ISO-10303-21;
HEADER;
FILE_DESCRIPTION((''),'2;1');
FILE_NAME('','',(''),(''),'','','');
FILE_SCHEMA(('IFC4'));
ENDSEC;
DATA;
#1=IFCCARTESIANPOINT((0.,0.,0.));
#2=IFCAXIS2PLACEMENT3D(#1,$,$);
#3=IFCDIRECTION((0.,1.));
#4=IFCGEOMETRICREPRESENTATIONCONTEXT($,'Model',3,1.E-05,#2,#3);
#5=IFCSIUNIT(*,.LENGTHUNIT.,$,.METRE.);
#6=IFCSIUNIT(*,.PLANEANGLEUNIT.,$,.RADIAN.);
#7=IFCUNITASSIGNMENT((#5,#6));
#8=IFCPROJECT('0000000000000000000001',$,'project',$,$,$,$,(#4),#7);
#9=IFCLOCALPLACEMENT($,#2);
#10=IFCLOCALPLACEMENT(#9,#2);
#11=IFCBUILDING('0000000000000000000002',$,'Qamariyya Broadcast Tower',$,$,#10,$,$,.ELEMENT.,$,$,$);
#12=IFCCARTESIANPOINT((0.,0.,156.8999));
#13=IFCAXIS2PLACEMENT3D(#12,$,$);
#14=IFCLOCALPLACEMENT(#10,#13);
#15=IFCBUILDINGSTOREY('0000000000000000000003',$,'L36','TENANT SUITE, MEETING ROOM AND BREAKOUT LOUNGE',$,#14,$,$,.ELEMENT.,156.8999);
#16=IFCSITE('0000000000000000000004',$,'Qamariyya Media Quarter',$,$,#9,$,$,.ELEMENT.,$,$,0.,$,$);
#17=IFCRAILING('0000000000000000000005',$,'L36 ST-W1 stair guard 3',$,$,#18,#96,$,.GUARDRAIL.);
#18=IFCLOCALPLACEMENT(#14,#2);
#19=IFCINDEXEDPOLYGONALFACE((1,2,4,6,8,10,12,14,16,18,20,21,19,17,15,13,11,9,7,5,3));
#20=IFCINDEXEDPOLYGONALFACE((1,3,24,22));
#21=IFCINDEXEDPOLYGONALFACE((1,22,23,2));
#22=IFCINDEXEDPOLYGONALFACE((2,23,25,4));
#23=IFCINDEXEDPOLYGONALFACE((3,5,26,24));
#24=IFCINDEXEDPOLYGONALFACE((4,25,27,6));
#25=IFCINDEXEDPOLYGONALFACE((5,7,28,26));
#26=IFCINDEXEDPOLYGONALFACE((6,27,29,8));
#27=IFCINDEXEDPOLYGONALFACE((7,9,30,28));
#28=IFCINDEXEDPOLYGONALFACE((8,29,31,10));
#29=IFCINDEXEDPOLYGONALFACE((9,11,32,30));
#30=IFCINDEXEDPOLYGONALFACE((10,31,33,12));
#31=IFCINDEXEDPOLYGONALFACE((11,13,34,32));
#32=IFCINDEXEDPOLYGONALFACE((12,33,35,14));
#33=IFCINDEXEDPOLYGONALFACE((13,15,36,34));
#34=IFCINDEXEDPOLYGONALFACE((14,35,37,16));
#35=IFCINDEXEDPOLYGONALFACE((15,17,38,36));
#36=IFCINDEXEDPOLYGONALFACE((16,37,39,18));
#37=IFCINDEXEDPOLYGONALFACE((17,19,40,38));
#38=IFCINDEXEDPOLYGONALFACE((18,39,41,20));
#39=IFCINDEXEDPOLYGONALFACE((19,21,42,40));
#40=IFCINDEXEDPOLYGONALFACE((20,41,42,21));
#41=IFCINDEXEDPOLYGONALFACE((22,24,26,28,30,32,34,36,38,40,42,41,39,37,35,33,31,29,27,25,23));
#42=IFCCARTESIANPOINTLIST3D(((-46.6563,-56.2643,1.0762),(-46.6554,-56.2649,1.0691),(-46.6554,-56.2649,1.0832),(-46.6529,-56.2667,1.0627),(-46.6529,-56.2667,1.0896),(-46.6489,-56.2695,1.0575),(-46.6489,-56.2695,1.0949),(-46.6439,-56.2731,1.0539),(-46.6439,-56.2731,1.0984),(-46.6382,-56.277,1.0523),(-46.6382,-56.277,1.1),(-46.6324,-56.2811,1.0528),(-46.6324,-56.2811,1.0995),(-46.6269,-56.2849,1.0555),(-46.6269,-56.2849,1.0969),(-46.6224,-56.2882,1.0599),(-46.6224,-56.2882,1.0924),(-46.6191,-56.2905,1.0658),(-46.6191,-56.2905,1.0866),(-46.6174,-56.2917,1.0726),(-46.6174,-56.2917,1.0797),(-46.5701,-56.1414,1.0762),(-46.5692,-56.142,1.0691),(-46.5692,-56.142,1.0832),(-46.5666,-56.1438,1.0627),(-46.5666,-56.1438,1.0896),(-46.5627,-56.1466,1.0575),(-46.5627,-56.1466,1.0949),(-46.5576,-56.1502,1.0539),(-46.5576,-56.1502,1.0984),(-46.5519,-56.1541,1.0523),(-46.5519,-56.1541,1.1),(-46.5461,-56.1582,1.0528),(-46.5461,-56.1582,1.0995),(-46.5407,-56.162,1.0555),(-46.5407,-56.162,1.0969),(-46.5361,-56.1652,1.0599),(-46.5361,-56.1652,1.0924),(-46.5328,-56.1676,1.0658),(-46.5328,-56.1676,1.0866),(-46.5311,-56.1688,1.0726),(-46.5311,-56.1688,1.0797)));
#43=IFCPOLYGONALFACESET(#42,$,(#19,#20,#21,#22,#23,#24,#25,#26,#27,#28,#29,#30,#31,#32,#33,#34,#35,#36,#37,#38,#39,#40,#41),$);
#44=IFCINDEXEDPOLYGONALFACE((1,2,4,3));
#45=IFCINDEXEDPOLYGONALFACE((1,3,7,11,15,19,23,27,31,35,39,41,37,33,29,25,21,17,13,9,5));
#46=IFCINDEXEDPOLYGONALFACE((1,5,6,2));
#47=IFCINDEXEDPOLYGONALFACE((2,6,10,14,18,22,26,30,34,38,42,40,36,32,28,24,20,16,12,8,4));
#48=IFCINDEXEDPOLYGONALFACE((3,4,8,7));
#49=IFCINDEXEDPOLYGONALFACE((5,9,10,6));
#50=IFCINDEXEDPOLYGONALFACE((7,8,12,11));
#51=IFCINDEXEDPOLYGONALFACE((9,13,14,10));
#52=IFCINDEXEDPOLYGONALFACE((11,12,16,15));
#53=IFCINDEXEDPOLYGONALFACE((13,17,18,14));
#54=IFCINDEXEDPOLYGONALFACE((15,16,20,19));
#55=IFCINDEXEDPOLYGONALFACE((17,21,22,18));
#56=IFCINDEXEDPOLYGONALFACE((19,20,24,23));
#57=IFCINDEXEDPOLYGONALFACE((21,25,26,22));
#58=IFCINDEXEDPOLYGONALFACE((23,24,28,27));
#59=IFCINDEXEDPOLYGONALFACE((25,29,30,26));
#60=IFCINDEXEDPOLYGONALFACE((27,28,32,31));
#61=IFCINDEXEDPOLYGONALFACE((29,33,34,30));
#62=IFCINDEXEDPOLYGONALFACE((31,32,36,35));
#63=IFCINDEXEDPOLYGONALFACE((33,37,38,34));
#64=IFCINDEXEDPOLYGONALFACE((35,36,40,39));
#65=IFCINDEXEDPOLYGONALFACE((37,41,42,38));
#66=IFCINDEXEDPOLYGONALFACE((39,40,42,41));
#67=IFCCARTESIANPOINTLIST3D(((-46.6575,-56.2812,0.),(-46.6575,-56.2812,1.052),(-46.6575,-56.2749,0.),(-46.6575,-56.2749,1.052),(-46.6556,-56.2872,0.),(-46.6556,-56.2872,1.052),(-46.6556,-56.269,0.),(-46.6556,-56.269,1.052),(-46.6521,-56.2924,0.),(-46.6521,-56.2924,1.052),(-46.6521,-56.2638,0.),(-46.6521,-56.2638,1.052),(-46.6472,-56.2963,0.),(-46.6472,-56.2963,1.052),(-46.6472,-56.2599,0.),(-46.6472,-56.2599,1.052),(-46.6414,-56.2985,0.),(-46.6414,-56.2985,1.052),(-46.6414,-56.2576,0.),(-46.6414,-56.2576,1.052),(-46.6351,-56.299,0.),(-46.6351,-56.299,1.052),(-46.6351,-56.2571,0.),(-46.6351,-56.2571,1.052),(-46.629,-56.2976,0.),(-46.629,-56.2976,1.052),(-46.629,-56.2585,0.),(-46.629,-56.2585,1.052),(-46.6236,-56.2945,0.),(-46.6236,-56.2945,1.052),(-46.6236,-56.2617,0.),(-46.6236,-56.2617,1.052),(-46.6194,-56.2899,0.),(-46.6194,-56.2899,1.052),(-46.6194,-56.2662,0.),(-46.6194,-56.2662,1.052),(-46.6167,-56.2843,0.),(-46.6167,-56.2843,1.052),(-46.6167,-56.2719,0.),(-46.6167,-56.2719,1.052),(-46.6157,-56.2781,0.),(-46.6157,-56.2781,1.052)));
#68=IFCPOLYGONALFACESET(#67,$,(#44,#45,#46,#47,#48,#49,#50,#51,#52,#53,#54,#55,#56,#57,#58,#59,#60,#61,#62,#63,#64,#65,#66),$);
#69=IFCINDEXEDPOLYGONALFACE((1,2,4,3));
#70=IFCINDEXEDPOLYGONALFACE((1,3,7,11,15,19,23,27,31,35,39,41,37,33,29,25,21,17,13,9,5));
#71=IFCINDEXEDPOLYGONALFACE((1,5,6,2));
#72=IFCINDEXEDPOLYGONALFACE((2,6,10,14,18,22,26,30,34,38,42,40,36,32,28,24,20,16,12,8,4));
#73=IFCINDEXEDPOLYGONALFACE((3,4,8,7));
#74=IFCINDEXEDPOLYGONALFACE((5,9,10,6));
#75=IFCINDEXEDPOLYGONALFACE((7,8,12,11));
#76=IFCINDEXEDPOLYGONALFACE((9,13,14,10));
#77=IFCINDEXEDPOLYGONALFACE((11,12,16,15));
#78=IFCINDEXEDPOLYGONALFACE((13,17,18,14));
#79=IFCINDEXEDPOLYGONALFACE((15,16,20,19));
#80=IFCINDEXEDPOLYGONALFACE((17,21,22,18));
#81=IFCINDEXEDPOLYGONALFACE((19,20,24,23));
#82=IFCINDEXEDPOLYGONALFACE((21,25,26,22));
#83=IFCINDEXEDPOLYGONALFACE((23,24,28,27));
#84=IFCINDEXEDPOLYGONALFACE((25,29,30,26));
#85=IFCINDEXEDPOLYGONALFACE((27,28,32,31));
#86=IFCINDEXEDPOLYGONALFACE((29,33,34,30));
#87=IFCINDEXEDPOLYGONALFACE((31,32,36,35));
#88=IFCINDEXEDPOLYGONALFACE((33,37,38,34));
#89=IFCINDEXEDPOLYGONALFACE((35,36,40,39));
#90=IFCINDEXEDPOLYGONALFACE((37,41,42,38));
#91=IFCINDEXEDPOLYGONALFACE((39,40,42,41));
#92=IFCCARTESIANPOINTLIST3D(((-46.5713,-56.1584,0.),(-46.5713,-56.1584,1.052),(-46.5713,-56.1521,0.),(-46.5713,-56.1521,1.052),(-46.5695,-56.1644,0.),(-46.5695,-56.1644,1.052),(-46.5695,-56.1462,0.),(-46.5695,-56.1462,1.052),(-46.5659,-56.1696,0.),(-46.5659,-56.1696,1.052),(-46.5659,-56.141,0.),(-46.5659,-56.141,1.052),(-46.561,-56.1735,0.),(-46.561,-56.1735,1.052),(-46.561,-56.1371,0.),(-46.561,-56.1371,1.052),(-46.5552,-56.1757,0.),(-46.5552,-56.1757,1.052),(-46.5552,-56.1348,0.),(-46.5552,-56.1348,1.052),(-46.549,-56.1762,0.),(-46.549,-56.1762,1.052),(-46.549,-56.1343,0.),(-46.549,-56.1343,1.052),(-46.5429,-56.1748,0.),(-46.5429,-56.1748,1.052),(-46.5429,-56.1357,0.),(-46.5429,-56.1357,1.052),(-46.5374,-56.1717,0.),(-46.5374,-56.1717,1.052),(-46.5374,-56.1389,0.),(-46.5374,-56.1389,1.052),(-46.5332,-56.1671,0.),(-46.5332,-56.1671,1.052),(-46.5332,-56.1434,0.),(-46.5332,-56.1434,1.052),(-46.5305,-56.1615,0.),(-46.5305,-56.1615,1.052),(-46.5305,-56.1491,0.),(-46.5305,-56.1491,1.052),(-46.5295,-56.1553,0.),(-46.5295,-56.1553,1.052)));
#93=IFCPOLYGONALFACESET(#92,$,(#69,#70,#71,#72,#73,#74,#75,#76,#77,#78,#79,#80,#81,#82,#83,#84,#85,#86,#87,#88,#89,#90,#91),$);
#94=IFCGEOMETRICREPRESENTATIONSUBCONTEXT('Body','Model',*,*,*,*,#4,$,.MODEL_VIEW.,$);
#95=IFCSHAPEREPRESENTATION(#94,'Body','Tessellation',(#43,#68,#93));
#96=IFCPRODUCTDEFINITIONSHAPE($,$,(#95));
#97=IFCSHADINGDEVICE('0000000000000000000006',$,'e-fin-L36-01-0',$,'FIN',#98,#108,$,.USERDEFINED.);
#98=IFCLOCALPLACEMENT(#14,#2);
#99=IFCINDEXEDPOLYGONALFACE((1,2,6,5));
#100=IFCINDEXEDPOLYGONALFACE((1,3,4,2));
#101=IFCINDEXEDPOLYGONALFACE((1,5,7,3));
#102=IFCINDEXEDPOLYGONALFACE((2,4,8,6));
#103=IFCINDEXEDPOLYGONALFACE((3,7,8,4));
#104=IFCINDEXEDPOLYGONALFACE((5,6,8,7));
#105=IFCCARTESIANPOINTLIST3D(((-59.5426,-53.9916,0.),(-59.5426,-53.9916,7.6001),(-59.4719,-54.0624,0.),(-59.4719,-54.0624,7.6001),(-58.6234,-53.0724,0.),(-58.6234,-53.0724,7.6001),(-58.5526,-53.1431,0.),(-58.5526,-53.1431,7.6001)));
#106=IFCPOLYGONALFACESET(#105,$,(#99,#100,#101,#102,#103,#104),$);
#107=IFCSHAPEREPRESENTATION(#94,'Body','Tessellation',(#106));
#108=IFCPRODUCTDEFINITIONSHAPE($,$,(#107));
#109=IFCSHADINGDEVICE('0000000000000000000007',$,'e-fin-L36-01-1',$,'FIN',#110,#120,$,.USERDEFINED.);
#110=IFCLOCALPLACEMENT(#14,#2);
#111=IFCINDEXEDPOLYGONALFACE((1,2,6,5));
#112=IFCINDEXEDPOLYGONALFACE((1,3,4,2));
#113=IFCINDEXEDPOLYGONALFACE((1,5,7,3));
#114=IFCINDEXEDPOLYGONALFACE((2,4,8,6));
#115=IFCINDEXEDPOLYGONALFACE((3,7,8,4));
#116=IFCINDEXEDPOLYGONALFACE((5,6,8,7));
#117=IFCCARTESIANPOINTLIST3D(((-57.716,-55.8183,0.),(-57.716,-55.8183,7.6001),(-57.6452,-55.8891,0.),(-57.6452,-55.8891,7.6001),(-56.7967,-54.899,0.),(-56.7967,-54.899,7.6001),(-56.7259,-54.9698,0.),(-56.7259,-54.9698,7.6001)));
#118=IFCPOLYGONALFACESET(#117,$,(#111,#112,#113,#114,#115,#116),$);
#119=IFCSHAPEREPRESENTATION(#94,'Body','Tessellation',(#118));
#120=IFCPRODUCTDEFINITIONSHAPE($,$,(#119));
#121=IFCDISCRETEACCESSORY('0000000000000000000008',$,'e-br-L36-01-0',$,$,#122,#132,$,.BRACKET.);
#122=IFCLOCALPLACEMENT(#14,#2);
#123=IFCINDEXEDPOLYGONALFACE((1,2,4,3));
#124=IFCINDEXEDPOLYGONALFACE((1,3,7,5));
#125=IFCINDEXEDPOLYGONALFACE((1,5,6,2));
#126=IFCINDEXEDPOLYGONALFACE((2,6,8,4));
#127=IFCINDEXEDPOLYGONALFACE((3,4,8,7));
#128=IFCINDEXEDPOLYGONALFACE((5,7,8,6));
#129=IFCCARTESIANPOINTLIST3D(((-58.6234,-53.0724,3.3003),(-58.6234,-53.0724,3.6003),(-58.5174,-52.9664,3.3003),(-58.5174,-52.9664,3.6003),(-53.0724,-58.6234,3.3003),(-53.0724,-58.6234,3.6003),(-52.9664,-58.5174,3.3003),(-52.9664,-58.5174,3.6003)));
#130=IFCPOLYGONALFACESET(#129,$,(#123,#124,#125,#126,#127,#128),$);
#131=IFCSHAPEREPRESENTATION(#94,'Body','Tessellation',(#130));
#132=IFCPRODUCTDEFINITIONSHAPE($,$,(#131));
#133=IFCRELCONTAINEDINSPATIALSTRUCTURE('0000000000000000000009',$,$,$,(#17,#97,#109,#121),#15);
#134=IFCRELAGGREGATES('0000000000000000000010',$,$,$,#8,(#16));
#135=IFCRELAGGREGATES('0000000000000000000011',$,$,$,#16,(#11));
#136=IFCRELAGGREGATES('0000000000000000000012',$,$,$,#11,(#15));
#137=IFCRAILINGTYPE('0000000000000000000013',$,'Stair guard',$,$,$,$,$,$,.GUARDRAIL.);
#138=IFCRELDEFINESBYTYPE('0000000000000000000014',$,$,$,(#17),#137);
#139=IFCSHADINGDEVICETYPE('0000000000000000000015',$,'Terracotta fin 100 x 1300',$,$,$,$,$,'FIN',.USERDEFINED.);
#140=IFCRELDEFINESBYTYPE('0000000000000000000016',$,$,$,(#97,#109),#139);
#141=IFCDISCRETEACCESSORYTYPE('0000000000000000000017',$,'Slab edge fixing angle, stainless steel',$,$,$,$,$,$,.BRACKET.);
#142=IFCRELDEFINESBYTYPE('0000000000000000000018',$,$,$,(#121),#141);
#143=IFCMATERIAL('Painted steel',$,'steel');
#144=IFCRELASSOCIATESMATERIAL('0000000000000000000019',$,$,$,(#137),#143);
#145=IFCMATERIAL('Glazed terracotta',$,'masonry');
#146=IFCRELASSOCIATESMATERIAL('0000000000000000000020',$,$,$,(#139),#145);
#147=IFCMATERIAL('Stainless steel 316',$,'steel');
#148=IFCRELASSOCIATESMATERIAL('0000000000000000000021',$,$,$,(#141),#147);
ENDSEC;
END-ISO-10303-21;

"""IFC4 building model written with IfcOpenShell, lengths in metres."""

from ifc_helpers import new_model, si_unit, direction, frame, origin, origin_2d, place, context, subcontext, project, spatial, rectangle, circle, extrude, material, material_profile, profile_set, type_object, element, save


model = new_model("IFC4")

# Units and contexts
model_context = context("Model", 3, precision=1e-05, world=origin(), true_north=direction((0.0, 1.0)))
body_context = subcontext(model_context, "Body", "Model", "MODEL_VIEW")
ifc_project = project(units=[si_unit("LENGTHUNIT", "METRE"), si_unit("PLANEANGLEUNIT", "RADIAN")], contexts=[model_context])

# Site, building, storey
site_placement = place(None, origin())
site = spatial("IfcSite", under=ifc_project, at=site_placement, Name="Qamariyya Media Quarter", CompositionType="ELEMENT", RefElevation=0.0)
building_placement = place(site_placement, origin())
building = spatial("IfcBuilding", under=site, at=building_placement, Name="Qamariyya Broadcast Tower", CompositionType="ELEMENT")
storey_placement = place(building_placement, frame((0.0, 0.0, 156.8999)))
storey = spatial("IfcBuildingStorey", under=building, at=storey_placement, Name="L36", Description="TENANT SUITE, MEETING ROOM AND BREAKOUT LOUNGE", CompositionType="ELEMENT", Elevation=156.8999)

# Railing
ifc_material_1 = material(Name="Painted steel", Category="steel")
railing_type = type_object("IfcRailingType", Name="Stair guard", PredefinedType="GUARDRAIL", material=ifc_material_1)
railing_1_placement = place(storey_placement, frame((-46.6367, -56.2781, 0.0)))
element("IfcRailing", 1, at=railing_1_placement, inside=storey, type_object=railing_type, Name="L36 ST-W1 stair guard 3", PredefinedType="GUARDRAIL", context=body_context, shape_type="SweptSolid", body=[
    extrude(circle(Radius=0.0239, at=origin_2d()), frame((0.0, 0.0, 1.0762), z_axis=(0.574445, 0.818543, 0.0), x_axis=(-0.818543, 0.574445, 0.0)), (0.0, 0.0, 1.0), 0.1501),
    extrude(circle(Radius=0.021, at=origin_2d()), origin(), (0.0, 0.0, 1.0), 1.052),
    extrude(circle(Radius=0.021, at=origin_2d()), frame((0.0862, 0.1228, 0.0)), (0.0, 0.0, 1.0), 1.052),
])

# Shading devices
ifc_material_2 = material(Name="Glazed terracotta", Category="masonry")
ifc_material_profile_1 = material_profile(ifc_material_2, rectangle(XDim=1.3, YDim=0.1001, at=origin_2d()))
ifc_profile_set_1 = profile_set([ifc_material_profile_1], Name="Glazed terracotta")
shading_device_type = type_object("IfcShadingDeviceType", Name="Terracotta fin 100 x 1300", ElementType="FIN", PredefinedType="USERDEFINED", material=ifc_profile_set_1)
for number, where, z_axis, x_axis, name in (
    (2, (-59.0476, -53.5674, 0.0), (0.0, 0.0, 1.0), (-0.707107, -0.707107, 0.0), "e-fin-L36-01-0"),
    (3, (-57.2209, -55.394, 0.0), (0.0, 0.0, 1.0), (-0.707107, -0.707107, 0.0), "e-fin-L36-01-1"),
):
    element("IfcShadingDevice", number, at=place(storey_placement, frame(where, z_axis=z_axis, x_axis=x_axis)), inside=storey, type_object=shading_device_type, Name=name, ObjectType="FIN", PredefinedType="USERDEFINED", context=body_context, shape_type="SweptSolid", body=[
        extrude(rectangle(XDim=1.3, YDim=0.1001, at=origin_2d()), origin(), (0.0, 0.0, 1.0), 7.6001),
    ])

# Discrete accessory
ifc_material_3 = material(Name="Stainless steel 316", Category="steel")
discrete_accessory_type = type_object("IfcDiscreteAccessoryType", Name="Slab edge fixing angle, stainless steel", PredefinedType="BRACKET", material=ifc_material_3)
discrete_accessory_placement = place(storey_placement, frame((-55.7949, -55.7949, 3.3003), z_axis=(0.0, 0.0, 1.0), x_axis=(0.707107, -0.707107, 0.0)))
element("IfcDiscreteAccessory", 4, at=discrete_accessory_placement, inside=storey, type_object=discrete_accessory_type, Name="e-br-L36-01-0", PredefinedType="BRACKET", context=body_context, shape_type="SweptSolid", body=[
    extrude(rectangle(XDim=7.8503, YDim=0.1499, at=origin_2d()), origin(), (0.0, 0.0, 1.0), 0.3),
])

save(model, "model.ifc")
